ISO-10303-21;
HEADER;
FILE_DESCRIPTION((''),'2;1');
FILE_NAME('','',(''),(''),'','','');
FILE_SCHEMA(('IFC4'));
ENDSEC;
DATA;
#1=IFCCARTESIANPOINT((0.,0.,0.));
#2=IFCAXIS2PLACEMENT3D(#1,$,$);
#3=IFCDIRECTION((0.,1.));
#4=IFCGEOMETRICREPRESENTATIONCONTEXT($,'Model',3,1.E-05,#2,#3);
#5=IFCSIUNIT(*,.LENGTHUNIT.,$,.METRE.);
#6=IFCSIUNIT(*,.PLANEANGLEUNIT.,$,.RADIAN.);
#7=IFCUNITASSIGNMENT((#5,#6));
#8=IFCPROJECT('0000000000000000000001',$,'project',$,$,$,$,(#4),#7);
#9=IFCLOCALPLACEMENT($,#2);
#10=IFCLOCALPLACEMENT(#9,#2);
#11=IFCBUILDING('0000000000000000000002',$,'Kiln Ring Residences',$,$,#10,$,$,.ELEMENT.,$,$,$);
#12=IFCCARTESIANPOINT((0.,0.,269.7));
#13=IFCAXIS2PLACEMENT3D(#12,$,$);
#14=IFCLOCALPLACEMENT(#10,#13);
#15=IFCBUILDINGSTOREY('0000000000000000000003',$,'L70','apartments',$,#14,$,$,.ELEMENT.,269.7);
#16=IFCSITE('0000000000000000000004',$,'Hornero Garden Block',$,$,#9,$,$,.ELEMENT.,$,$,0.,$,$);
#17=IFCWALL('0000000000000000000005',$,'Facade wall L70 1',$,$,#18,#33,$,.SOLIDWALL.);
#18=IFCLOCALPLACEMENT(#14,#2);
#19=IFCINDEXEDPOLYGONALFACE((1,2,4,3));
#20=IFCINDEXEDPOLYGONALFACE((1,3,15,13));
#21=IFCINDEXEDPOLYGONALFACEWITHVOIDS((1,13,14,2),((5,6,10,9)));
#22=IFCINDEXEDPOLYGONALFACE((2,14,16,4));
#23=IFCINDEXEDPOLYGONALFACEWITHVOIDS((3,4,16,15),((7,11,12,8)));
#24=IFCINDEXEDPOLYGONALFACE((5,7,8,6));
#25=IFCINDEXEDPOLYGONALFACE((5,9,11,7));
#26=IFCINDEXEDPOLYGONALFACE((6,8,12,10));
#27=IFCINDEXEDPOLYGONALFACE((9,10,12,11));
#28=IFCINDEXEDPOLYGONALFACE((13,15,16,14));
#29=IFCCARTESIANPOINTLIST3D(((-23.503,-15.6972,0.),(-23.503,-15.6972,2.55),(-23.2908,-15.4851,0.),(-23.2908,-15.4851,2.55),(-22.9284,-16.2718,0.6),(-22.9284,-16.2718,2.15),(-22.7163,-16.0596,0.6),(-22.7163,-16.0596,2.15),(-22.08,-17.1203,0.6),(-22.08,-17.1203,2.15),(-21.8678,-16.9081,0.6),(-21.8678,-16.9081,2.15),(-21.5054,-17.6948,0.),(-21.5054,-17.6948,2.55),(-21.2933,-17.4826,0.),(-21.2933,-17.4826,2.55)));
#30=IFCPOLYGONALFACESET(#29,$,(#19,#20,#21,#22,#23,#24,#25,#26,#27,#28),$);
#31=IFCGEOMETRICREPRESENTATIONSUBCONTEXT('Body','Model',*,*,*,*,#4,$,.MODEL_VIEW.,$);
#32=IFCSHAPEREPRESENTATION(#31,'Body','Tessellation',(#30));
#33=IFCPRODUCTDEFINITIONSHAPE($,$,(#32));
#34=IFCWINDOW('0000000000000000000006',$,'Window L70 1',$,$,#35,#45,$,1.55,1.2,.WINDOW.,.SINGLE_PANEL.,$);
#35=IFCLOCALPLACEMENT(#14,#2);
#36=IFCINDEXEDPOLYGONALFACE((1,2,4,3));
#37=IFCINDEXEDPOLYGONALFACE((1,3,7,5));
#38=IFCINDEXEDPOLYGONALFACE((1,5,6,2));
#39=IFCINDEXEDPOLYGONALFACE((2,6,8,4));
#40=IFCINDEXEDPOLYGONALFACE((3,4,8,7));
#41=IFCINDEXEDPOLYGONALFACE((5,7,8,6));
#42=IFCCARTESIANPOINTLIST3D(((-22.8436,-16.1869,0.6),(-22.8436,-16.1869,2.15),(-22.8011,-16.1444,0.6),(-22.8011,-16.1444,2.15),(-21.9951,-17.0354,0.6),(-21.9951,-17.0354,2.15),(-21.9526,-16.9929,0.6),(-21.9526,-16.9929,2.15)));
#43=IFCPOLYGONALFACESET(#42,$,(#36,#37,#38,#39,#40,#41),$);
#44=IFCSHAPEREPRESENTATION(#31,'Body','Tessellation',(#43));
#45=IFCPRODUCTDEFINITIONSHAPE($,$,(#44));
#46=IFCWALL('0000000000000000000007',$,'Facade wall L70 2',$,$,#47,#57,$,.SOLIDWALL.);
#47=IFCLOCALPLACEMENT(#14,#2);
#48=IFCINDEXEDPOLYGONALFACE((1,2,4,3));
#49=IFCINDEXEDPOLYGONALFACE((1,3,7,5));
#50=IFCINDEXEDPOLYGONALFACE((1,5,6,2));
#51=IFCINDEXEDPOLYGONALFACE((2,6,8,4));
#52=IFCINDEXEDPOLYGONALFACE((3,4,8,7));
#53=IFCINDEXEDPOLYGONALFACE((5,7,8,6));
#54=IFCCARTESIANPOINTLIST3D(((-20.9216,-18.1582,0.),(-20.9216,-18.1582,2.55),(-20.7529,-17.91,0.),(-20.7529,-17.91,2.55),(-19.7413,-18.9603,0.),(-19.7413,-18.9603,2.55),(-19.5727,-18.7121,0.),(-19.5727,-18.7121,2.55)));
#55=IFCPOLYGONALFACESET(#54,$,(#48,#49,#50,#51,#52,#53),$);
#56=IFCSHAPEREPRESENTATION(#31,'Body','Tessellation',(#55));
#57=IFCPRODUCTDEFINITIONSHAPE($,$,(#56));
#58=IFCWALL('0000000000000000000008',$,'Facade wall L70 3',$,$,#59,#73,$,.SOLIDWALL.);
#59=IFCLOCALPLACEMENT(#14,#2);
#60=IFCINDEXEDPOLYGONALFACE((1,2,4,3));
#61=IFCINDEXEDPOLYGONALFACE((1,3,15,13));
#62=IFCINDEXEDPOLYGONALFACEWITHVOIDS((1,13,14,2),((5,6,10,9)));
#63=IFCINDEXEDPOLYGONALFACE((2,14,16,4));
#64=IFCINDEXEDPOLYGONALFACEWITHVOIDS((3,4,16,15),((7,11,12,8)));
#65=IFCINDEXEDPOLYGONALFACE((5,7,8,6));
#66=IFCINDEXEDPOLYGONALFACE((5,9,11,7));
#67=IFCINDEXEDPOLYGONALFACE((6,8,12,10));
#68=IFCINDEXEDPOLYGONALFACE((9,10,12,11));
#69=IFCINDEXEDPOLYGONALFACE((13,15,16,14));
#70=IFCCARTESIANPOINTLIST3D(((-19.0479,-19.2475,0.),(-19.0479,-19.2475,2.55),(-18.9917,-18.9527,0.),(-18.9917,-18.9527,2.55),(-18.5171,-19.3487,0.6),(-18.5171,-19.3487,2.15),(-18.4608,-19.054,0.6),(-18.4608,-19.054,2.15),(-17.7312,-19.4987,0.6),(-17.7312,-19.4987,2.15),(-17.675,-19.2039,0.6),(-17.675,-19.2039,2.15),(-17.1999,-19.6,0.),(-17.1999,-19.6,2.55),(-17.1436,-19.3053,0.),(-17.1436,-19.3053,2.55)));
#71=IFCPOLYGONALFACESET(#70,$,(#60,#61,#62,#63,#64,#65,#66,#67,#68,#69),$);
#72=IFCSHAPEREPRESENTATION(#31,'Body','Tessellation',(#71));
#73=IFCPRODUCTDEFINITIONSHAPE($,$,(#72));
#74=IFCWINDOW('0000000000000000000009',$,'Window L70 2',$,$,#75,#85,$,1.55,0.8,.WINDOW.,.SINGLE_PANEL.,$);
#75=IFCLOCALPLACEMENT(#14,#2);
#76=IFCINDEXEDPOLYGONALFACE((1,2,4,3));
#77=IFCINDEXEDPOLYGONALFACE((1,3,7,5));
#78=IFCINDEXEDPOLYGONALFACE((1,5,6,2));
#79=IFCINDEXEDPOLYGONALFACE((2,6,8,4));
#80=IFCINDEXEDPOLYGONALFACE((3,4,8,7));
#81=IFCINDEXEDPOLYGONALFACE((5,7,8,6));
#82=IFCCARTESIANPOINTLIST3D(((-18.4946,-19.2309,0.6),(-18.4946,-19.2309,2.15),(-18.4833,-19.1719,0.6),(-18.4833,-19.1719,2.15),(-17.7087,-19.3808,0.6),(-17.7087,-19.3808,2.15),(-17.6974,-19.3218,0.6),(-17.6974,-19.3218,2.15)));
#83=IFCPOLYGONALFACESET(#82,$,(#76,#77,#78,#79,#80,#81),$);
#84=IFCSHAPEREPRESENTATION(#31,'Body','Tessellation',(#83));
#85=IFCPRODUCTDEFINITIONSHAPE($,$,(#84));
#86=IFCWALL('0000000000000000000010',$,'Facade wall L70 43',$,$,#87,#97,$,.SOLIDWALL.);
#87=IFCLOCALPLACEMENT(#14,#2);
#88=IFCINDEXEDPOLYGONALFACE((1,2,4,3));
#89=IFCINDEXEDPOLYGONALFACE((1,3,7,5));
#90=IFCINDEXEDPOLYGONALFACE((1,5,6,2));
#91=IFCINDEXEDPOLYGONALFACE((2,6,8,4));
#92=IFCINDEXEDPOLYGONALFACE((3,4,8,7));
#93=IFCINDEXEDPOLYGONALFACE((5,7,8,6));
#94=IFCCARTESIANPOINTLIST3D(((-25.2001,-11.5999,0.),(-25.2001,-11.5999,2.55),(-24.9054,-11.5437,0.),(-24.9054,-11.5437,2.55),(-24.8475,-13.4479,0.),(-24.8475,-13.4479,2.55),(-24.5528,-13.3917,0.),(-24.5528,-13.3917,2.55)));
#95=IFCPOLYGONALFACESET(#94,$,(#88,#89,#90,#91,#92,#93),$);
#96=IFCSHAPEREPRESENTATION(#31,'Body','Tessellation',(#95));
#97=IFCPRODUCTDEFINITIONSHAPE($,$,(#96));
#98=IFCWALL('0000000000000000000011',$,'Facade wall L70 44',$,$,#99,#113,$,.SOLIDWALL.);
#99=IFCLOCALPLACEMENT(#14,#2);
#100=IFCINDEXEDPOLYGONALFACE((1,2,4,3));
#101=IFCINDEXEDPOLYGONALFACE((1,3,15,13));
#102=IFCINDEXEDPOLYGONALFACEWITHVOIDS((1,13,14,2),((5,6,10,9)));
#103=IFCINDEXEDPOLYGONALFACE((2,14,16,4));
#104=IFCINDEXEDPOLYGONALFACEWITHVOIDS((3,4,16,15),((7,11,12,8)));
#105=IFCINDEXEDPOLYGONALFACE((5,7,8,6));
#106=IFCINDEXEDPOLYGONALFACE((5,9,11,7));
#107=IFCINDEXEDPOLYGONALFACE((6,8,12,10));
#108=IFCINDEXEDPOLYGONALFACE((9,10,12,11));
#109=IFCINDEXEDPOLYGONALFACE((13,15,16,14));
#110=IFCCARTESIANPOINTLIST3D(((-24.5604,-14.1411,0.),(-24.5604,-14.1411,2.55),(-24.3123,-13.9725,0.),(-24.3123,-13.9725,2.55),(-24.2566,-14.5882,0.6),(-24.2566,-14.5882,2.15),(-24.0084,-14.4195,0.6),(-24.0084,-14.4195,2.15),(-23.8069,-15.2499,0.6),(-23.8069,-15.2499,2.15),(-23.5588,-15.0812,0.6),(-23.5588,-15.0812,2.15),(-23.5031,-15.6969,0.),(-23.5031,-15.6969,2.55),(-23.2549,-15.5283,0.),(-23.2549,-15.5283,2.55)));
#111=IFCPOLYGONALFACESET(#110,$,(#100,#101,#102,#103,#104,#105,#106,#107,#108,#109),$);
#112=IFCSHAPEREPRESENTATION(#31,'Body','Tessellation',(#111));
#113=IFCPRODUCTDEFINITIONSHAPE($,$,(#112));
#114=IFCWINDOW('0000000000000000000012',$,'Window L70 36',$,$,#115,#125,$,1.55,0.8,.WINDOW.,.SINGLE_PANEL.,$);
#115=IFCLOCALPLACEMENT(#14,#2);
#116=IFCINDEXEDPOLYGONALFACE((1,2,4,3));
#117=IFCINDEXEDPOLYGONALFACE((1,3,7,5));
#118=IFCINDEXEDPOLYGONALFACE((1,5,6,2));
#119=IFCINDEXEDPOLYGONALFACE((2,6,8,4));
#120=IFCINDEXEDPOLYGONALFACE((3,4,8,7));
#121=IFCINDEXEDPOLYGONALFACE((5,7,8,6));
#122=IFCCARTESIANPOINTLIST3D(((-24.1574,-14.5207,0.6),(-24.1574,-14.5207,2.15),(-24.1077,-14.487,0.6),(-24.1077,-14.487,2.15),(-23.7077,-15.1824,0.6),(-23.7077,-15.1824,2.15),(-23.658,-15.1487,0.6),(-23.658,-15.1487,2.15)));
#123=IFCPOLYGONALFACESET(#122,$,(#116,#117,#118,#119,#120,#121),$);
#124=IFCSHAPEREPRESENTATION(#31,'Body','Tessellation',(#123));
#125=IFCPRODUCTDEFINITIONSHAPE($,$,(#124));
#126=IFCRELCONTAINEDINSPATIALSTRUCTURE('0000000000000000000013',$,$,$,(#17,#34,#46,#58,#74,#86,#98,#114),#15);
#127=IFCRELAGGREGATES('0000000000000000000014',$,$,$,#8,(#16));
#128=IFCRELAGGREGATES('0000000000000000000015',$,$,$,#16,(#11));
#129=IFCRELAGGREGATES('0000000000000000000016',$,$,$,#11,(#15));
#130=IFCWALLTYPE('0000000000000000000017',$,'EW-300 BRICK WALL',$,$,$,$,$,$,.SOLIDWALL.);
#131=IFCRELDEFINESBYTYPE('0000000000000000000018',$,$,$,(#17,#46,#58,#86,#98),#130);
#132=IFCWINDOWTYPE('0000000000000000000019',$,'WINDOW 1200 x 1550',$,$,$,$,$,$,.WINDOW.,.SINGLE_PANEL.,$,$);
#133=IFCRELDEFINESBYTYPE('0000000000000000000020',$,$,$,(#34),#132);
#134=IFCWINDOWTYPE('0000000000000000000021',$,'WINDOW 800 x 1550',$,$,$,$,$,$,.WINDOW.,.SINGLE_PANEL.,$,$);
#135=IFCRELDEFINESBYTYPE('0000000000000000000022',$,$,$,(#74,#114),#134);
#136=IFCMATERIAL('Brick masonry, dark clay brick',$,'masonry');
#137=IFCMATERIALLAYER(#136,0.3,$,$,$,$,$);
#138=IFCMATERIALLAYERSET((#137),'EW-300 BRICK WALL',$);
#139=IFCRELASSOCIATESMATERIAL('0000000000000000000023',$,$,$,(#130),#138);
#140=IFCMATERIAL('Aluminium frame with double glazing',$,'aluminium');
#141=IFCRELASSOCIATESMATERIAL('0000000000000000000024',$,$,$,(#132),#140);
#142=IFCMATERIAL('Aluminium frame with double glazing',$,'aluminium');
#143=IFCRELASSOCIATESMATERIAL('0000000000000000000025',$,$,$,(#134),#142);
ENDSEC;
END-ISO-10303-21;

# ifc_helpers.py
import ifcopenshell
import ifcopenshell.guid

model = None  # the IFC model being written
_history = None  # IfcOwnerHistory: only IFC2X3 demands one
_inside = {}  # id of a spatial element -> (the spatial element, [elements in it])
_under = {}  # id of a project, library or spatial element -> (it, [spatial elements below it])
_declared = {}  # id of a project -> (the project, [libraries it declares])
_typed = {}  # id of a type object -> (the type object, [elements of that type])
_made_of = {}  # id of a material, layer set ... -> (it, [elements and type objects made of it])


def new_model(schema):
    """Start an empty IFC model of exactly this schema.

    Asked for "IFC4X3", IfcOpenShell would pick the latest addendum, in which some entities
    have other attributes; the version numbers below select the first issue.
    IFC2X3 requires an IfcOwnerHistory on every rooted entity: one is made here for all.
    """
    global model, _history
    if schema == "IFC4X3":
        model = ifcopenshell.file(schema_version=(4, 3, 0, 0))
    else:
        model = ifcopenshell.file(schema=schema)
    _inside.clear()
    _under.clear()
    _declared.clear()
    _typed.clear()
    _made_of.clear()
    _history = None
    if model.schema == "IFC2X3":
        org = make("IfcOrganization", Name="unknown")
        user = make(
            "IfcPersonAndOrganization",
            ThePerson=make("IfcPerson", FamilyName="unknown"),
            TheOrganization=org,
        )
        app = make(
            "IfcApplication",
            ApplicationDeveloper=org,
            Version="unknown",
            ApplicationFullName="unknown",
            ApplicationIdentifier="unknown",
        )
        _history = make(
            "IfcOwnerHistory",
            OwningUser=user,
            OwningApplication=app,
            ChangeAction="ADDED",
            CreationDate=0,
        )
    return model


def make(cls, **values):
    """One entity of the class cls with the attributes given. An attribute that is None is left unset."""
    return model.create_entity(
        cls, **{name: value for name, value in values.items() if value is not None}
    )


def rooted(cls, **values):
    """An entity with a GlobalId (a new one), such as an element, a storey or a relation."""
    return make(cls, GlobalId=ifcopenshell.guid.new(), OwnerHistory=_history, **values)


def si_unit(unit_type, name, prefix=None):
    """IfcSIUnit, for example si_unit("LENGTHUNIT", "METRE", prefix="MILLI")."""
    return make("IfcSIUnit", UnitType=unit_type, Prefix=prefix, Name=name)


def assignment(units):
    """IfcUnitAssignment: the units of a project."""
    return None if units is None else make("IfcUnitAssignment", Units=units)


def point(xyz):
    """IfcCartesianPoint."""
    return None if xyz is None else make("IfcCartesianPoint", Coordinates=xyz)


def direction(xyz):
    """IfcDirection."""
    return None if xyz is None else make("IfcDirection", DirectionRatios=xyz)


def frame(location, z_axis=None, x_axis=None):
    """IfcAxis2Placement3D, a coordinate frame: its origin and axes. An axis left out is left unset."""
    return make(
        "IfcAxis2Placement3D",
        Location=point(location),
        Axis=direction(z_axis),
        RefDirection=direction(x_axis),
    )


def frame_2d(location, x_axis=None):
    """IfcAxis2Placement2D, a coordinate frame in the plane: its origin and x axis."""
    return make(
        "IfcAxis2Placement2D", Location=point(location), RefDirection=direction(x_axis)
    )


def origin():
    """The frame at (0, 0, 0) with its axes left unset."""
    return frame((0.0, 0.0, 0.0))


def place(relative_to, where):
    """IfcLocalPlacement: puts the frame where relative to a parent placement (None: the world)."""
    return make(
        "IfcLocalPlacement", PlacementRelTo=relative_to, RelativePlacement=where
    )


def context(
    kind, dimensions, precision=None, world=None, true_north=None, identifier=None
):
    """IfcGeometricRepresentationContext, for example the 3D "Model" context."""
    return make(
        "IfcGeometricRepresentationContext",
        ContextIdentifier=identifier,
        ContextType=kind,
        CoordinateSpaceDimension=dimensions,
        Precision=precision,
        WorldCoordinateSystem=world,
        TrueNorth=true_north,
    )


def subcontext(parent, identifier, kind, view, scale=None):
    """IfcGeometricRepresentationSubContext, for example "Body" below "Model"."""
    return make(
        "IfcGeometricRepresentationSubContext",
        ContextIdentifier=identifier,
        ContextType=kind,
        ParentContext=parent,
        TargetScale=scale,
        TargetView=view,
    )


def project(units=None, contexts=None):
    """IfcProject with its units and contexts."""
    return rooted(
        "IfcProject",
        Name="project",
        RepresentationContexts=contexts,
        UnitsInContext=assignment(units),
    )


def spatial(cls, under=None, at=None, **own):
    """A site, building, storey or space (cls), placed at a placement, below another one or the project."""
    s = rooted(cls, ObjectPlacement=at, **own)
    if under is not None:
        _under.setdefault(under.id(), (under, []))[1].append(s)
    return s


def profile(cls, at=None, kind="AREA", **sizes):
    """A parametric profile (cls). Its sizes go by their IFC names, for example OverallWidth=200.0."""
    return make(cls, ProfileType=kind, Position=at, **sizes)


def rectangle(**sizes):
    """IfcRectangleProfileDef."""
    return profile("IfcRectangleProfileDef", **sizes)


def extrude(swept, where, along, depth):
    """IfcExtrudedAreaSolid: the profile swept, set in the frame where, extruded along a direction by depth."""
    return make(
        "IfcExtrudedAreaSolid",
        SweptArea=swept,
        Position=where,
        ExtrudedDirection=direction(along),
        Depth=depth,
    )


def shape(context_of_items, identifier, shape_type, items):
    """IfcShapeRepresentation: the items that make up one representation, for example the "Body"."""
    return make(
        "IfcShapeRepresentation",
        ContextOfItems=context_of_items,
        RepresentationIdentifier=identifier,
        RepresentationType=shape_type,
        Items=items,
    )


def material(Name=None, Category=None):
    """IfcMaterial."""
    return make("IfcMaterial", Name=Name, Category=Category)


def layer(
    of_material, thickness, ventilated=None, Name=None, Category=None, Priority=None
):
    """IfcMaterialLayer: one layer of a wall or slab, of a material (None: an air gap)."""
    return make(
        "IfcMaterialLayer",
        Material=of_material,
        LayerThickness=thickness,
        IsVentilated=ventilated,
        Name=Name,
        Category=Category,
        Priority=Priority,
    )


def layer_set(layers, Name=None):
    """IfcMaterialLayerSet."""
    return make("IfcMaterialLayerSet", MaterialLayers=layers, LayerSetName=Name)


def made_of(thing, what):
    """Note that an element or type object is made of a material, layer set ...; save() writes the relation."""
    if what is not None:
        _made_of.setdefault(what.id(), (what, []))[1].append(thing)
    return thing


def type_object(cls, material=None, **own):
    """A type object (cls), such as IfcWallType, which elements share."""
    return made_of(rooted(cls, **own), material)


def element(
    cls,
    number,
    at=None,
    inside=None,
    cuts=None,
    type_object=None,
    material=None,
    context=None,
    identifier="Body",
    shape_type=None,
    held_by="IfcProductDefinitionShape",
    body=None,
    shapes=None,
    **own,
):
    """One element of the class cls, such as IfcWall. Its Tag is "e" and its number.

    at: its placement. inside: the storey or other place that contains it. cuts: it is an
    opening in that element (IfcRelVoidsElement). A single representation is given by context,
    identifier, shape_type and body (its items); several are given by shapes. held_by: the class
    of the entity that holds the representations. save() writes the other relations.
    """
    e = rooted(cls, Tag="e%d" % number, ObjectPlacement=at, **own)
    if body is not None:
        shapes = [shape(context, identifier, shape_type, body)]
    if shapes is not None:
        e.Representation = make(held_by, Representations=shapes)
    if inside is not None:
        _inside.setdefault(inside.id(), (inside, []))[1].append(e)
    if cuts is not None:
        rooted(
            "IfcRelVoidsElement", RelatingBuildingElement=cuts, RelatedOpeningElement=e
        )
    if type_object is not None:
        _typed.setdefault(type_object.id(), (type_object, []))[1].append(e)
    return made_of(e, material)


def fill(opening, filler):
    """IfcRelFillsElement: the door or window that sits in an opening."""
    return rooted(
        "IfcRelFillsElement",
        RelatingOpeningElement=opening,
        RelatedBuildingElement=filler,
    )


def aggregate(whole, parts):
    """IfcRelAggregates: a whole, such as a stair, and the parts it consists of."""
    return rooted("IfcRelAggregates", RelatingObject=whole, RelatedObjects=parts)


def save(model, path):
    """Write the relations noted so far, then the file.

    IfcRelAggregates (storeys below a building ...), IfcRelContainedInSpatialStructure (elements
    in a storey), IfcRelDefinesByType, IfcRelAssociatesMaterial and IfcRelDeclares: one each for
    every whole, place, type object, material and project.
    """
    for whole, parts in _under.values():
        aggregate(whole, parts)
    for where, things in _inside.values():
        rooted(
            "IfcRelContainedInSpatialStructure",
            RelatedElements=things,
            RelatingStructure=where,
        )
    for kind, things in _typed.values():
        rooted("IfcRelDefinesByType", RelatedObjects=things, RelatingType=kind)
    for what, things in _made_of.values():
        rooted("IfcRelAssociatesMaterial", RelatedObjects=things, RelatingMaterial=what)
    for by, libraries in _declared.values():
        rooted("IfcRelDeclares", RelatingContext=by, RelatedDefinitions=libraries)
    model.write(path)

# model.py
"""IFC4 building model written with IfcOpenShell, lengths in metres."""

from ifc_helpers import new_model, si_unit, direction, frame, frame_2d, origin, place, context, subcontext, project, spatial, rectangle, extrude, material, layer, layer_set, type_object, element, fill, save


model = new_model("IFC4")

# Units and contexts
model_context = context("Model", 3, precision=1e-05, world=origin(), true_north=direction((0.0, 1.0)))
body_context = subcontext(model_context, "Body", "Model", "MODEL_VIEW")
ifc_project = project(units=[si_unit("LENGTHUNIT", "METRE"), si_unit("PLANEANGLEUNIT", "RADIAN")], contexts=[model_context])

# Site, building, storey
site_placement = place(None, origin())
site = spatial("IfcSite", under=ifc_project, at=site_placement, Name="Hornero Garden Block", CompositionType="ELEMENT", RefElevation=0.0)
building_placement = place(site_placement, origin())
building = spatial("IfcBuilding", under=site, at=building_placement, Name="Kiln Ring Residences", CompositionType="ELEMENT")
storey_placement = place(building_placement, frame((0.0, 0.0, 269.7)))
storey = spatial("IfcBuildingStorey", under=building, at=storey_placement, Name="L70", Description="apartments", CompositionType="ELEMENT", Elevation=269.7)

# Wall, opening, window
ifc_material_1 = material(Name="Brick masonry, dark clay brick", Category="masonry")
ifc_layer_1 = layer(ifc_material_1, 0.3)
ifc_layer_set_1 = layer_set([ifc_layer_1], Name="EW-300 BRICK WALL")
wall_type_1 = type_object("IfcWallType", Name="EW-300 BRICK WALL", PredefinedType="SOLIDWALL", material=ifc_layer_set_1)
wall_1_placement = place(storey_placement, frame((-23.397, -15.5911, 0.0), z_axis=(0.0, 0.0, 1.0), x_axis=(0.707107, -0.707107, 0.0)))
wall_1 = element("IfcWall", 1, at=wall_1_placement, inside=storey, type_object=wall_type_1, Name="Facade wall L70 1", PredefinedType="SOLIDWALL", context=body_context, shape_type="SweptSolid", body=[
    extrude(rectangle(XDim=2.825, YDim=0.3, at=frame_2d((1.4126, 0.0))), origin(), (0.0, 0.0, 1.0), 2.55),
])
opening_1_placement = place(wall_1_placement, frame((0.8125, 0.0, 0.6001)))
opening_1 = element("IfcOpeningElement", 2, at=opening_1_placement, cuts=wall_1, PredefinedType="OPENING", context=body_context, shape_type="SweptSolid", body=[
    extrude(rectangle(XDim=1.2, YDim=1.55, at=frame_2d((0.6001, 0.7749))), frame((0.0, 0.1599, 0.0), z_axis=(0.0, -1.0, 0.0), x_axis=(1.0, 0.0, 0.0)), (0.0, 0.0, 1.0), 0.3201),
])
ifc_material_2 = material(Name="Aluminium frame with double glazing", Category="aluminium")
window_type_1 = type_object("IfcWindowType", Name="WINDOW 1200 x 1550", PartitioningType="SINGLE_PANEL", PredefinedType="WINDOW", material=ifc_material_2)
window_1_placement = place(opening_1_placement, origin())
window_1 = element("IfcWindow", 3, at=window_1_placement, inside=storey, type_object=window_type_1, Name="Window L70 1", OverallHeight=1.55, OverallWidth=1.2, PartitioningType="SINGLE_PANEL", PredefinedType="WINDOW", context=body_context, shape_type="SweptSolid", body=[
    extrude(rectangle(XDim=1.2, YDim=1.55, at=frame_2d((0.6001, 0.7749))), frame((0.0, 0.03, 0.0), z_axis=(0.0, -1.0, 0.0), x_axis=(1.0, 0.0, 0.0)), (0.0, 0.0, 1.0), 0.0601),
])
fill(opening_1, window_1)

# Wall
wall_2_placement = place(storey_placement, frame((-20.8372, -18.0342, 0.0), z_axis=(0.0, 0.0, 1.0), x_axis=(0.827095, -0.562062, 0.0)))
element("IfcWall", 4, at=wall_2_placement, inside=storey, type_object=wall_type_1, Name="Facade wall L70 2", PredefinedType="SOLIDWALL", context=body_context, shape_type="SweptSolid", body=[
    extrude(rectangle(XDim=1.427, YDim=0.3, at=frame_2d((0.7134, 0.0))), origin(), (0.0, 0.0, 1.0), 2.55),
])

# Wall, opening, window
wall_3_placement = place(storey_placement, frame((-19.0198, -19.1001, 0.0), z_axis=(0.0, 0.0, 1.0), x_axis=(0.982284, -0.187398, 0.0)))
wall_3 = element("IfcWall", 5, at=wall_3_placement, inside=storey, type_object=wall_type_1, Name="Facade wall L70 3", PredefinedType="SOLIDWALL", context=body_context, shape_type="SweptSolid", body=[
    extrude(rectangle(XDim=1.8813, YDim=0.3, at=frame_2d((0.9407, 0.0))), origin(), (0.0, 0.0, 1.0), 2.55),
])
opening_2_placement = place(wall_3_placement, frame((0.5405, 0.0, 0.6001)))
opening_2 = element("IfcOpeningElement", 6, at=opening_2_placement, cuts=wall_3, PredefinedType="OPENING", context=body_context, shape_type="SweptSolid", body=[
    extrude(rectangle(XDim=0.8, YDim=1.55, at=frame_2d((0.3999, 0.7749))), frame((0.0, 0.1599, 0.0), z_axis=(0.0, -1.0, 0.0), x_axis=(1.0, 0.0, 0.0)), (0.0, 0.0, 1.0), 0.3201),
])
ifc_material_3 = material(Name="Aluminium frame with double glazing", Category="aluminium")
window_type_2 = type_object("IfcWindowType", Name="WINDOW 800 x 1550", PartitioningType="SINGLE_PANEL", PredefinedType="WINDOW", material=ifc_material_3)
window_2_placement = place(opening_2_placement, origin())
window_2 = element("IfcWindow", 7, at=window_2_placement, inside=storey, type_object=window_type_2, Name="Window L70 2", OverallHeight=1.55, OverallWidth=0.8, PartitioningType="SINGLE_PANEL", PredefinedType="WINDOW", context=body_context, shape_type="SweptSolid", body=[
    extrude(rectangle(XDim=0.8, YDim=1.55, at=frame_2d((0.3999, 0.7749))), frame((0.0, 0.03, 0.0), z_axis=(0.0, -1.0, 0.0), x_axis=(1.0, 0.0, 0.0)), (0.0, 0.0, 1.0), 0.0601),
])
fill(opening_2, window_2)

# Wall
wall_4_placement = place(storey_placement, frame((-25.0527, -11.5718, 0.0), z_axis=(0.0, 0.0, 1.0), x_axis=(0.187398, -0.982284, 0.0)))
element("IfcWall", 8, at=wall_4_placement, inside=storey, type_object=wall_type_1, Name="Facade wall L70 43", PredefinedType="SOLIDWALL", context=body_context, shape_type="SweptSolid", body=[
    extrude(rectangle(XDim=1.8813, YDim=0.3, at=frame_2d((0.9407, 0.0))), origin(), (0.0, 0.0, 1.0), 2.55),
])

# Wall, opening, window
wall_5_placement = place(storey_placement, frame((-24.4363, -14.0569, 0.0), z_axis=(0.0, 0.0, 1.0), x_axis=(0.562076, -0.827086, 0.0)))
wall_5 = element("IfcWall", 9, at=wall_5_placement, inside=storey, type_object=wall_type_1, Name="Facade wall L70 44", PredefinedType="SOLIDWALL", context=body_context, shape_type="SweptSolid", body=[
    extrude(rectangle(XDim=1.8811, YDim=0.3, at=frame_2d((0.9404, 0.0))), origin(), (0.0, 0.0, 1.0), 2.55),
])
opening_3_placement = place(wall_5_placement, frame((0.5405, 0.0, 0.6001)))
opening_3 = element("IfcOpeningElement", 10, at=opening_3_placement, cuts=wall_5, PredefinedType="OPENING", context=body_context, shape_type="SweptSolid", body=[
    extrude(rectangle(XDim=0.8, YDim=1.55, at=frame_2d((0.3999, 0.7749))), frame((0.0, 0.1599, 0.0), z_axis=(0.0, -1.0, 0.0), x_axis=(1.0, 0.0, 0.0)), (0.0, 0.0, 1.0), 0.3201),
])
window_3_placement = place(opening_3_placement, origin())
window_3 = element("IfcWindow", 11, at=window_3_placement, inside=storey, type_object=window_type_2, Name="Window L70 36", OverallHeight=1.55, OverallWidth=0.8, PartitioningType="SINGLE_PANEL", PredefinedType="WINDOW", context=body_context, shape_type="SweptSolid", body=[
    extrude(rectangle(XDim=0.8, YDim=1.55, at=frame_2d((0.3999, 0.7749))), frame((0.0, 0.03, 0.0), z_axis=(0.0, -1.0, 0.0), x_axis=(1.0, 0.0, 0.0)), (0.0, 0.0, 1.0), 0.0601),
])
fill(opening_3, window_3)

save(model, "model.ifc")
